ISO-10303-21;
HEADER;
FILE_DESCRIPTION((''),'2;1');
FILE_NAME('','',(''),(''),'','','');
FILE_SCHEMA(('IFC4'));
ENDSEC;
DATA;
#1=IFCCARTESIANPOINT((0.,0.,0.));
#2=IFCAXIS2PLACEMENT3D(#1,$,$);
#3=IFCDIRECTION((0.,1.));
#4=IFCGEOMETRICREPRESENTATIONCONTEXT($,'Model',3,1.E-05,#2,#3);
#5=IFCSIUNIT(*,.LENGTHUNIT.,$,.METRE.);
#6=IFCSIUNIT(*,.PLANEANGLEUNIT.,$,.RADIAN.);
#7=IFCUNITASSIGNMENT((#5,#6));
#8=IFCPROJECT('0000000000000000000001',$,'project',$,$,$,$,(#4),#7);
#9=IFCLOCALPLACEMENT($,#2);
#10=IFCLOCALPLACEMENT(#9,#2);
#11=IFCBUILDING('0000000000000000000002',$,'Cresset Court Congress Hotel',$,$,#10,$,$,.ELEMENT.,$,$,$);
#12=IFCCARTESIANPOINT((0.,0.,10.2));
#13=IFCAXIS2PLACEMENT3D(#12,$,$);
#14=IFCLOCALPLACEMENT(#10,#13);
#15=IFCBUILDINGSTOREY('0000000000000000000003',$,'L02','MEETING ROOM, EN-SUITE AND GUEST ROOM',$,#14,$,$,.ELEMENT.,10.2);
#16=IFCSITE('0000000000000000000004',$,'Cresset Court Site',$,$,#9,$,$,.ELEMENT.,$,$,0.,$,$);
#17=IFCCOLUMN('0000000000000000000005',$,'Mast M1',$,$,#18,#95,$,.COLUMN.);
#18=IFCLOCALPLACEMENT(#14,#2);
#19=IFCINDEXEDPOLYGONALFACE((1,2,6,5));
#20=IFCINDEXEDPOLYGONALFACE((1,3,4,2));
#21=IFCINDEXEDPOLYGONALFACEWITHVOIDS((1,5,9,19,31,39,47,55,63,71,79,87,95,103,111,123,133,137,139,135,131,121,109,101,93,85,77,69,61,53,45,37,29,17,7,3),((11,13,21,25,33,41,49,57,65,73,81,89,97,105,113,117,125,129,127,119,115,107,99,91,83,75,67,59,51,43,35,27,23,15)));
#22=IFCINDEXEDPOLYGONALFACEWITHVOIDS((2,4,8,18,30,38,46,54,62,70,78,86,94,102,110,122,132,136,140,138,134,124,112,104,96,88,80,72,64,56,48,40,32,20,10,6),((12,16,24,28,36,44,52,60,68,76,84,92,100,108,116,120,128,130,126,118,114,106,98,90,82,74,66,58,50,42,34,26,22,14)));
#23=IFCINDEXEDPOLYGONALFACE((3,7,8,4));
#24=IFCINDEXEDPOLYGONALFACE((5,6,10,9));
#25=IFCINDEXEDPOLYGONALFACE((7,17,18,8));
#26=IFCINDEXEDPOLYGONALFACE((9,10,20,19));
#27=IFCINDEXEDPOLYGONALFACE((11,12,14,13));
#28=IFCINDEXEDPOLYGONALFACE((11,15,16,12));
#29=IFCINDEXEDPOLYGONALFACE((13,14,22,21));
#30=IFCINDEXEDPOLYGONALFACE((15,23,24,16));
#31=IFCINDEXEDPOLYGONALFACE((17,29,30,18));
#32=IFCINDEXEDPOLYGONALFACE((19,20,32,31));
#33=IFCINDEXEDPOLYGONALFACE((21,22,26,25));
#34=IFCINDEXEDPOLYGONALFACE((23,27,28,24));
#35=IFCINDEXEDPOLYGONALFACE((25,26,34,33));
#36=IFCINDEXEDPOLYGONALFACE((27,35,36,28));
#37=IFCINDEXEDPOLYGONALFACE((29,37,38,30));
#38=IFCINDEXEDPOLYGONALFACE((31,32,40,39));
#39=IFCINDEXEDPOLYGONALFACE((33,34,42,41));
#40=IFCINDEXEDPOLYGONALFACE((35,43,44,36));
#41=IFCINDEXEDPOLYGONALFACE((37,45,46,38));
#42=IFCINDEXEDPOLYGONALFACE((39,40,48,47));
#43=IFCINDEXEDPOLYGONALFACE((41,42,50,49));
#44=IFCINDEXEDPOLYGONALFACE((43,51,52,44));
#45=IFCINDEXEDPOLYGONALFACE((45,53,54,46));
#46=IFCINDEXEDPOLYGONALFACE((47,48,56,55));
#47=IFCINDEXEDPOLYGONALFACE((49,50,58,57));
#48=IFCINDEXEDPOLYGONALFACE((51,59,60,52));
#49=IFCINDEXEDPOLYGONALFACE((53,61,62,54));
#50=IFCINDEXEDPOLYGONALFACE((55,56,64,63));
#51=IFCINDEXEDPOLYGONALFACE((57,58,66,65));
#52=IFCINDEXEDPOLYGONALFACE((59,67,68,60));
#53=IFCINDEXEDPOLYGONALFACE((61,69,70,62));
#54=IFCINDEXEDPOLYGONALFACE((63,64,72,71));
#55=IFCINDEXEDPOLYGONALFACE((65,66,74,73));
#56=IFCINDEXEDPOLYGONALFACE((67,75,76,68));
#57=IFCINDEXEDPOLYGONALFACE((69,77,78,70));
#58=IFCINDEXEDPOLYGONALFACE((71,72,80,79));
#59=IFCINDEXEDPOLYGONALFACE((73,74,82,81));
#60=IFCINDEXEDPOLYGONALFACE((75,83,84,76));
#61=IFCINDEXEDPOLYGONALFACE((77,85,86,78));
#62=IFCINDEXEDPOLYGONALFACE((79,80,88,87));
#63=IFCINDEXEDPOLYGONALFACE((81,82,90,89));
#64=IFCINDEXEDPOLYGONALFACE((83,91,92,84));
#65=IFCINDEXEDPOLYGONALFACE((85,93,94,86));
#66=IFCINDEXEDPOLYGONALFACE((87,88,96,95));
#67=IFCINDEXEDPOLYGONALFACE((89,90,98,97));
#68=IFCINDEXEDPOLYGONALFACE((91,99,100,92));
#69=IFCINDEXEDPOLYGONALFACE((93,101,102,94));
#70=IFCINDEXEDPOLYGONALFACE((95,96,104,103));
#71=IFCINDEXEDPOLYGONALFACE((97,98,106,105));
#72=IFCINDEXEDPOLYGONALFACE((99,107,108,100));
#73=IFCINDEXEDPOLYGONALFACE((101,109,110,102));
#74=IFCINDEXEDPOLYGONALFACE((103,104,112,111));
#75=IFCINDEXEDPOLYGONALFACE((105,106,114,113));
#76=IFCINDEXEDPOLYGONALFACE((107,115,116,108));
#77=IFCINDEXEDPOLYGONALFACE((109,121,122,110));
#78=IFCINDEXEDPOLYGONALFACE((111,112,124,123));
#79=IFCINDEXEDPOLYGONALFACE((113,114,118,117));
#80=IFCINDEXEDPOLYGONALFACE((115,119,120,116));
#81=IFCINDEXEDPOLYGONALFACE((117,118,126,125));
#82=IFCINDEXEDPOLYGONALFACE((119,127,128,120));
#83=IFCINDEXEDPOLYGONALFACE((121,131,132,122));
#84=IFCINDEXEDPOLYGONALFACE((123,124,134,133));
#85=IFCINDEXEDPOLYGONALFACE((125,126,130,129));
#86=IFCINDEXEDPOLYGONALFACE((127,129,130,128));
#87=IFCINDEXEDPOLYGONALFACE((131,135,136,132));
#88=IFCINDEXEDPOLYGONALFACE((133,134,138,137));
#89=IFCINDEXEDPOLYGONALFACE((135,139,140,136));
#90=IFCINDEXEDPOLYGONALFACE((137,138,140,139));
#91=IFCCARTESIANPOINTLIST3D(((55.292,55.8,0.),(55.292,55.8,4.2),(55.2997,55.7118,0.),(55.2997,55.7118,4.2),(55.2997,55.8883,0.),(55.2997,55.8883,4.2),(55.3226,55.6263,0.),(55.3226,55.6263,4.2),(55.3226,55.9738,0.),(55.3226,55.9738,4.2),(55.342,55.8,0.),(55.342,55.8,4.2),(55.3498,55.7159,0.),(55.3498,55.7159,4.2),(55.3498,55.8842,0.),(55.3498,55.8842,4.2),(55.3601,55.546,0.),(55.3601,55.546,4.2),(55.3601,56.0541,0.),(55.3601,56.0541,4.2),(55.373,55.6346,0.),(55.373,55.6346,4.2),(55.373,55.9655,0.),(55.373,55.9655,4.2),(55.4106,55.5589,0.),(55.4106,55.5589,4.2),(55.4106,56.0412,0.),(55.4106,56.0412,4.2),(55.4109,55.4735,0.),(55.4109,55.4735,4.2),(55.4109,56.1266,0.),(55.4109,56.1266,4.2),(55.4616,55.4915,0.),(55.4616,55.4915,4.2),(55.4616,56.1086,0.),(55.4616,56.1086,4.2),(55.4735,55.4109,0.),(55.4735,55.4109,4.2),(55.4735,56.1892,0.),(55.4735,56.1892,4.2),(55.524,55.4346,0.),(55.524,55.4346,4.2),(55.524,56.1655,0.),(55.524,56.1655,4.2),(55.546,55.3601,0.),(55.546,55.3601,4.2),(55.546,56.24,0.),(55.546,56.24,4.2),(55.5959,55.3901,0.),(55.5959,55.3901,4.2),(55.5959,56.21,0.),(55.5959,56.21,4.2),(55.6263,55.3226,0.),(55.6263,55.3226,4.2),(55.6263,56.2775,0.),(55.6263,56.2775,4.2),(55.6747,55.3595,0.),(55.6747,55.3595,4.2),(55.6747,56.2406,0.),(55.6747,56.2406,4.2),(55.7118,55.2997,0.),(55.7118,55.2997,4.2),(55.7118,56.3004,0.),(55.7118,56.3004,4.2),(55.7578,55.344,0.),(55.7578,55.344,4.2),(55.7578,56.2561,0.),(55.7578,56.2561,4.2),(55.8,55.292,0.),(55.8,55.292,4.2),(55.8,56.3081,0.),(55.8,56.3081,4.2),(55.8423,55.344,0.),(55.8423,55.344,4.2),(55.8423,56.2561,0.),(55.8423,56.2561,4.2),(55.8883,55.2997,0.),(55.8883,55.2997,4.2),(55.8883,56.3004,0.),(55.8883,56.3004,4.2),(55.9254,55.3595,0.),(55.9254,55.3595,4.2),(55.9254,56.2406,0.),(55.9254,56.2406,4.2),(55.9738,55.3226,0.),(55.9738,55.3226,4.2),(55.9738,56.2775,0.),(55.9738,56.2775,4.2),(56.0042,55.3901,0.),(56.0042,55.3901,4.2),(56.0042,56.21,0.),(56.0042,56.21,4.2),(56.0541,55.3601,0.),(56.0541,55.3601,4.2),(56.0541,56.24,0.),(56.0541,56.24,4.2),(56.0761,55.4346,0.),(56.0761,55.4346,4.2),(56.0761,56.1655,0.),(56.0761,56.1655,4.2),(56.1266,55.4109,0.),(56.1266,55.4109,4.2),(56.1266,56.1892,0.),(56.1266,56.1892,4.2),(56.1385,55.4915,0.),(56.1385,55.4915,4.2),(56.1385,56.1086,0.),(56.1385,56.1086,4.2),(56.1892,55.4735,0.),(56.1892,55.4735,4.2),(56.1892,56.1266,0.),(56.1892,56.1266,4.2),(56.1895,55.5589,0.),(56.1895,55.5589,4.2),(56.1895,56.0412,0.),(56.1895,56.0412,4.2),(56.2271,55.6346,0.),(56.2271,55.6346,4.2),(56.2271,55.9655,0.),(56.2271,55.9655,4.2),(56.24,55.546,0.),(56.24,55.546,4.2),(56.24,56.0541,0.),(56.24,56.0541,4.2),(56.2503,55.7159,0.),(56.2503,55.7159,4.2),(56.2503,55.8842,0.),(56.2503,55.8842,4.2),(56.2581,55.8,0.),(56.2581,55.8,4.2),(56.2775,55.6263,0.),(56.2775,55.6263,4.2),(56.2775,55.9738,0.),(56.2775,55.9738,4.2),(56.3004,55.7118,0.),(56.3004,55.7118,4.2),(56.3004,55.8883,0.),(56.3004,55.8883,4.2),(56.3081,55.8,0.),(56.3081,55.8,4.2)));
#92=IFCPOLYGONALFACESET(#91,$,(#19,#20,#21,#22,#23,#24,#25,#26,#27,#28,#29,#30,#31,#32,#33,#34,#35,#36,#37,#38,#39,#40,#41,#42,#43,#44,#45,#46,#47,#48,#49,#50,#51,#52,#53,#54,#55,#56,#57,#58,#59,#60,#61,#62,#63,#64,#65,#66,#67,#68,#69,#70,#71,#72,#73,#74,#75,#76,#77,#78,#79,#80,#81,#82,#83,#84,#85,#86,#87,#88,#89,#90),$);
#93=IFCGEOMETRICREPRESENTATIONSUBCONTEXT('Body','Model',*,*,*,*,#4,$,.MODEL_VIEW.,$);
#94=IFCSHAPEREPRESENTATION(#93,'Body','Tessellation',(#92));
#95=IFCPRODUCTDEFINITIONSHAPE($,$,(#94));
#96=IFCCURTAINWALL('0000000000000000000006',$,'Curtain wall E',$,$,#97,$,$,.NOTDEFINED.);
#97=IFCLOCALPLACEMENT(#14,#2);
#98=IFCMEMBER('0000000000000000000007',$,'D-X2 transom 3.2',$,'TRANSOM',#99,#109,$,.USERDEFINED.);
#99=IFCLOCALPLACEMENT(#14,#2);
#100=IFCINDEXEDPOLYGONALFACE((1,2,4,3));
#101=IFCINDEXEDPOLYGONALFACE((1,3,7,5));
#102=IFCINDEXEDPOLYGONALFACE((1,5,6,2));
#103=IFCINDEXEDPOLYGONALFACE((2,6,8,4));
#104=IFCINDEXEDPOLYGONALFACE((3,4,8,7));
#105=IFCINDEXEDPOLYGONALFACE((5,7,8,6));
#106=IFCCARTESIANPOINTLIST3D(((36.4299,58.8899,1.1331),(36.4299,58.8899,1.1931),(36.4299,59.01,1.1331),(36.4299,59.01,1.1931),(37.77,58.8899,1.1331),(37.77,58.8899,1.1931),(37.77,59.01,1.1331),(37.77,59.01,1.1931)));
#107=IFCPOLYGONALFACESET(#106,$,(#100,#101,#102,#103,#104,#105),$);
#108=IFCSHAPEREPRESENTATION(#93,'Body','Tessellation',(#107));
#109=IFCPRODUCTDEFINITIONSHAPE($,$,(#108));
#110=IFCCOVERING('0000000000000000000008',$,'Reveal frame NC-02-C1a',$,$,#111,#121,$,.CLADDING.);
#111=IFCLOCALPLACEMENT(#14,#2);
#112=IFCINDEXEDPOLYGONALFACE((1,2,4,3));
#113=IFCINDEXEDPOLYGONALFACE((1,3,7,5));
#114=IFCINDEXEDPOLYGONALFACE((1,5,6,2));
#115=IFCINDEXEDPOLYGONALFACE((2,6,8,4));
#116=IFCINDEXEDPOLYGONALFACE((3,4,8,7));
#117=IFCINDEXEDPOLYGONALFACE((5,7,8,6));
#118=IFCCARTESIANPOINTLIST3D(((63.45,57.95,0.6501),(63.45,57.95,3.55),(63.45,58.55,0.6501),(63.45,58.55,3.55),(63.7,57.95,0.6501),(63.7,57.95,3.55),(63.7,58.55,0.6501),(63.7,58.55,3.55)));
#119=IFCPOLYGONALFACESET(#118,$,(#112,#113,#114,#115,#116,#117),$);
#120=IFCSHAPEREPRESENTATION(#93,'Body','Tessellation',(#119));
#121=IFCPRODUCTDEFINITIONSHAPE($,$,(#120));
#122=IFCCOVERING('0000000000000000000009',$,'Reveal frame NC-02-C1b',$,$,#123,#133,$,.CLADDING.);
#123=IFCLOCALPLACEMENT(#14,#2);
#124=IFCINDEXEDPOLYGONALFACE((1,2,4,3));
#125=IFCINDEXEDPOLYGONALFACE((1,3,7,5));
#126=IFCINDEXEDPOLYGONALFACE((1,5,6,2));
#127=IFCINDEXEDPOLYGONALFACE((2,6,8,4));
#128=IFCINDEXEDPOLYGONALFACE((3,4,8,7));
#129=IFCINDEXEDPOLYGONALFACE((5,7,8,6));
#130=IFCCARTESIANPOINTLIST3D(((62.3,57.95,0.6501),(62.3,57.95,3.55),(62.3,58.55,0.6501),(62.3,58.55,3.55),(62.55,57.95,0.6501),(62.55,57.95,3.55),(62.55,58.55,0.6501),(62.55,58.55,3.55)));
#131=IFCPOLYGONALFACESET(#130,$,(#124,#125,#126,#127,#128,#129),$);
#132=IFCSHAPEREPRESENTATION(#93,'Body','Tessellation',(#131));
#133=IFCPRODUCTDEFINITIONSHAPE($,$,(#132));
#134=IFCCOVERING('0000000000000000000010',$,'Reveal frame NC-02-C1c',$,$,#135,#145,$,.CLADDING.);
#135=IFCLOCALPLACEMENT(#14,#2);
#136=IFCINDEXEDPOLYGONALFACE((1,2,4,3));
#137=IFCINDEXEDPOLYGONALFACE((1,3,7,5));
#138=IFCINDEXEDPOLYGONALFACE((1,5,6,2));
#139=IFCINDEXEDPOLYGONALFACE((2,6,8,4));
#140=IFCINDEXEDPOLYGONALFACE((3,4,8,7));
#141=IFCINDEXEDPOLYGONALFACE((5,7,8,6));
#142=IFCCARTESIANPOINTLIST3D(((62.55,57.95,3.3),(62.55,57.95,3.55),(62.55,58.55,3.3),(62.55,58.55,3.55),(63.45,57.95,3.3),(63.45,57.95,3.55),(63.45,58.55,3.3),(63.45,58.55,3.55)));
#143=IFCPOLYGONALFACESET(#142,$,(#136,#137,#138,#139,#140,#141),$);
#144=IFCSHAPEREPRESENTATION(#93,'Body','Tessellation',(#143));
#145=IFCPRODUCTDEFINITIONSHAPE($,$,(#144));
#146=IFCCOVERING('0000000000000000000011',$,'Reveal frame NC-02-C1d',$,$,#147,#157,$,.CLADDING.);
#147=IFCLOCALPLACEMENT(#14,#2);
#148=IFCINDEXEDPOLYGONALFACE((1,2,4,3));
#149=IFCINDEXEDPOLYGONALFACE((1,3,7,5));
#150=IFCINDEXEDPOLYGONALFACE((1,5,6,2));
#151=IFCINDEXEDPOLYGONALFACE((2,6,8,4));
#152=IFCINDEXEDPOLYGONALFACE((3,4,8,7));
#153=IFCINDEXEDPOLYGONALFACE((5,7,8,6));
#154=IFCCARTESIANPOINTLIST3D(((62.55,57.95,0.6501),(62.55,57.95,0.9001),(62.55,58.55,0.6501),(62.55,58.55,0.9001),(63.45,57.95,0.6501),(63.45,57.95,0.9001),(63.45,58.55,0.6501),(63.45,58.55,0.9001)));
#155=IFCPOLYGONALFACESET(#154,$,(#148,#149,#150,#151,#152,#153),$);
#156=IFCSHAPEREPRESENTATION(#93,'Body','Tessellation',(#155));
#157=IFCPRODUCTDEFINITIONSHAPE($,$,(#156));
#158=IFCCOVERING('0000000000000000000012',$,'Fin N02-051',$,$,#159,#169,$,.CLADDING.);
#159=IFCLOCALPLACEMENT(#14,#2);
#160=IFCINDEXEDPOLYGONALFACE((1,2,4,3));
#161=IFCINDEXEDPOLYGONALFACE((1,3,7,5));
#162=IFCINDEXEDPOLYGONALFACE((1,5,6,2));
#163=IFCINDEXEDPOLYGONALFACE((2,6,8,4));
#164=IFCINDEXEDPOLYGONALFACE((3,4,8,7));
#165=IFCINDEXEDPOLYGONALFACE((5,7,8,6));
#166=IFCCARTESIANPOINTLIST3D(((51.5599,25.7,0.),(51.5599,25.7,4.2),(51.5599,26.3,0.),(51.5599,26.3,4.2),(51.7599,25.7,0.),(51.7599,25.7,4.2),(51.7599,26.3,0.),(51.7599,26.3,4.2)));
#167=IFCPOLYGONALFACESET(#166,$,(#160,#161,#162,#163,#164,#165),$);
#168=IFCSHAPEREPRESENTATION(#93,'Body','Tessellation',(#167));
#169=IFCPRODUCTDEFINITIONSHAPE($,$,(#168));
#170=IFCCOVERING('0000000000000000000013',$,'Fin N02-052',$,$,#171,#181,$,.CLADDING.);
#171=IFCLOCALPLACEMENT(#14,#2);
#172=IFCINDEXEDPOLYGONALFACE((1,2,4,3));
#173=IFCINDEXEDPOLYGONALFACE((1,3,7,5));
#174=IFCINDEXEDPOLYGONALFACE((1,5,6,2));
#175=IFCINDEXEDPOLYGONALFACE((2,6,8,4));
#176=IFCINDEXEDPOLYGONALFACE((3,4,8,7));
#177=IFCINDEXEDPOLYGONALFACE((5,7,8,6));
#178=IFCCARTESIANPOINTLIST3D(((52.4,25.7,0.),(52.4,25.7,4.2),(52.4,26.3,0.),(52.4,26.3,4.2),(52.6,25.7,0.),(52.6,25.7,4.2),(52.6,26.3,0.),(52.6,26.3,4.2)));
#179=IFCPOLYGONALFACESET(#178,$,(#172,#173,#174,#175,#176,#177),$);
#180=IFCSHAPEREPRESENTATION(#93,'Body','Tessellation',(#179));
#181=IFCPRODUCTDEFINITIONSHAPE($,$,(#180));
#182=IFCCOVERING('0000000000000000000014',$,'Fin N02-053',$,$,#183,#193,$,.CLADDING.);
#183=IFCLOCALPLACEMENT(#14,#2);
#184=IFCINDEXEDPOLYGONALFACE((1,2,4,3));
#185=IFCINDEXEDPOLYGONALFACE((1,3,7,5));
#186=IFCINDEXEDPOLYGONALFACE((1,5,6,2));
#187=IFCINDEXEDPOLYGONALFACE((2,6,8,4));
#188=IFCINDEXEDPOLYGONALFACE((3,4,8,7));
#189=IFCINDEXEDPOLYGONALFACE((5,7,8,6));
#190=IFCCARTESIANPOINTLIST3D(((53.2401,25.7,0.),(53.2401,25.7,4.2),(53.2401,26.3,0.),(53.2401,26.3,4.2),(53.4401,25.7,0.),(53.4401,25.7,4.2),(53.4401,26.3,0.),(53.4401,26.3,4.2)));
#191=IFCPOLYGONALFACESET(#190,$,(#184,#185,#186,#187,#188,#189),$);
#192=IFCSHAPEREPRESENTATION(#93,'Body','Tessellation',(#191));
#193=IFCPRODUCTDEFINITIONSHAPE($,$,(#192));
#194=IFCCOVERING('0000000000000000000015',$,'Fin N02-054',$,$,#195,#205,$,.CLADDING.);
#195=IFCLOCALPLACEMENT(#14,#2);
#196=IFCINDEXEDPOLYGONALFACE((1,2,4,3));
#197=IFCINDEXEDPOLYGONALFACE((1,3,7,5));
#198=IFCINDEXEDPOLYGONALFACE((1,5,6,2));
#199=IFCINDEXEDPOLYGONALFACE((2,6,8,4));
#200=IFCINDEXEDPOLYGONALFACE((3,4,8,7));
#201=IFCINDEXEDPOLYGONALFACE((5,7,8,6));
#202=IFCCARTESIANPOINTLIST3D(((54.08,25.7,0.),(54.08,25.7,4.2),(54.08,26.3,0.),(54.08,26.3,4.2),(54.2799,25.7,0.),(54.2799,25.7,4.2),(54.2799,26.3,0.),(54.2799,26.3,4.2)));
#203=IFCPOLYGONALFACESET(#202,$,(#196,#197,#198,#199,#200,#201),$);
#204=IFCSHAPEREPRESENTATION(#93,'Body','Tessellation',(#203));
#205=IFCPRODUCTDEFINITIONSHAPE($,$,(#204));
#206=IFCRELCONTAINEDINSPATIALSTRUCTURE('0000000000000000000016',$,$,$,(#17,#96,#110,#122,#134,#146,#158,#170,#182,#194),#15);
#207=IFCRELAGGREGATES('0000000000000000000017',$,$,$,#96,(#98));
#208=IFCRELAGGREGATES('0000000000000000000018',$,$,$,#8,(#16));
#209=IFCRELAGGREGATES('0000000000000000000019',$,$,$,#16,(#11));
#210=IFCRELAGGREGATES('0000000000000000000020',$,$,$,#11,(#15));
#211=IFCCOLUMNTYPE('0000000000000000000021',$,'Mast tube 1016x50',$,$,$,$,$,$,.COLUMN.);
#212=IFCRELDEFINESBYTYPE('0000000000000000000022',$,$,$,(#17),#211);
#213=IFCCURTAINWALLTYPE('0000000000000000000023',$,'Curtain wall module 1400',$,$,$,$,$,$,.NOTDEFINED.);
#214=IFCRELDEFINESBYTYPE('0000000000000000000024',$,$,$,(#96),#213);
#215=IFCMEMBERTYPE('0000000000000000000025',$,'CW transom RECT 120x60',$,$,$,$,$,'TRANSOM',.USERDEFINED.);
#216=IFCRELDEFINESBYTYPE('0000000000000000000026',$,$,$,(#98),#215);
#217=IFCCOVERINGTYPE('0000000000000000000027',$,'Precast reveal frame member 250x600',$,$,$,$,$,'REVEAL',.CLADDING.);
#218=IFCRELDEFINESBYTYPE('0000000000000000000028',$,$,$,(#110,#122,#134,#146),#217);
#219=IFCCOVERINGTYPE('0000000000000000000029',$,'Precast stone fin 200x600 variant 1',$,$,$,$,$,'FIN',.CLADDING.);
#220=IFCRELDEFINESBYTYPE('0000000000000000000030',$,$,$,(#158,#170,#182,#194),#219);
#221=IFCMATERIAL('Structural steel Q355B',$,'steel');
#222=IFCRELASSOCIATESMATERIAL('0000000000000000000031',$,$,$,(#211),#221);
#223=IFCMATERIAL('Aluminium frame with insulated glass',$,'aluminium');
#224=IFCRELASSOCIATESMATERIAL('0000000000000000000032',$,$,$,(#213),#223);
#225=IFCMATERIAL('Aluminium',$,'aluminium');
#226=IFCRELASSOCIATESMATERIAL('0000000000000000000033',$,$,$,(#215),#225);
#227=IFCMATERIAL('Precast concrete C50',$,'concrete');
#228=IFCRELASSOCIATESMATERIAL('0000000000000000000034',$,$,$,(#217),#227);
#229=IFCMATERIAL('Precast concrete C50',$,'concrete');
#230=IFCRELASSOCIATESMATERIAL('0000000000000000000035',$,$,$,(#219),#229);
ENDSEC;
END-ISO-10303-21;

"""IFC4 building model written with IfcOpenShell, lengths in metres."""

from ifc_helpers import new_model, si_unit, direction, frame, origin, origin_2d, place, context, subcontext, project, spatial, rectangle, hollow_circle, extrude, material, material_profile, profile_set, type_object, element, aggregate, save


model = new_model("IFC4")

# Units and contexts
model_context = context("Model", 3, precision=1e-05, world=origin(), true_north=direction((0.0, 1.0)))
body_context = subcontext(model_context, "Body", "Model", "MODEL_VIEW")
ifc_project = project(units=[si_unit("LENGTHUNIT", "METRE"), si_unit("PLANEANGLEUNIT", "RADIAN")], contexts=[model_context])

# Site, building, storey
site_placement = place(None, origin())
site = spatial("IfcSite", under=ifc_project, at=site_placement, Name="Cresset Court Site", CompositionType="ELEMENT", RefElevation=0.0)
building_placement = place(site_placement, origin())
building = spatial("IfcBuilding", under=site, at=building_placement, Name="Cresset Court Congress Hotel", CompositionType="ELEMENT")
storey_placement = place(building_placement, frame((0.0, 0.0, 10.2)))
storey = spatial("IfcBuildingStorey", under=building, at=storey_placement, Name="L02", Description="MEETING ROOM, EN-SUITE AND GUEST ROOM", CompositionType="ELEMENT", Elevation=10.2)

# Column
ifc_material_1 = material(Name="Structural steel Q355B", Category="steel")
ifc_material_profile_1 = material_profile(ifc_material_1, hollow_circle(Radius=0.5081, WallThickness=0.05, at=origin_2d()), Name="CHS1016x50")
ifc_profile_set_1 = profile_set([ifc_material_profile_1], Name="Structural steel Q355B")
column_type = type_object("IfcColumnType", Name="Mast tube 1016x50", PredefinedType="COLUMN", material=ifc_profile_set_1)
column_placement = place(storey_placement, frame((55.8, 55.8, 0.0), z_axis=(0.0, 0.0, 1.0), x_axis=(1.0, 0.0, 0.0)))
element("IfcColumn", 1, at=column_placement, inside=storey, type_object=column_type, Name="Mast M1", PredefinedType="COLUMN", context=body_context, shape_type="SweptSolid", body=[
    extrude(hollow_circle(Radius=0.5081, WallThickness=0.05, at=origin_2d()), origin(), (0.0, 0.0, 1.0), 4.2),
])

# Curtain wall, member
ifc_material_2 = material(Name="Aluminium frame with insulated glass", Category="aluminium")
curtain_wall_type = type_object("IfcCurtainWallType", Name="Curtain wall module 1400", PredefinedType="NOTDEFINED", material=ifc_material_2)
curtain_wall_placement = place(storey_placement, origin())
curtain_wall = element("IfcCurtainWall", 2, at=curtain_wall_placement, inside=storey, type_object=curtain_wall_type, Name="Curtain wall E", PredefinedType="NOTDEFINED")
ifc_material_3 = material(Name="Aluminium", Category="aluminium")
ifc_material_profile_2 = material_profile(ifc_material_3, rectangle(XDim=0.1201, YDim=0.0601, at=origin_2d()), Name="AL 120x60")
ifc_profile_set_2 = profile_set([ifc_material_profile_2], Name="Aluminium")
member_type = type_object("IfcMemberType", Name="CW transom RECT 120x60", ElementType="TRANSOM", PredefinedType="USERDEFINED", material=ifc_profile_set_2)
member_placement = place(storey_placement, frame((36.4299, 58.95, 1.1631), z_axis=(1.0, 0.0, 0.0), x_axis=(0.0, 1.0, 0.0)))
member = element("IfcMember", 3, at=member_placement, type_object=member_type, Name="D-X2 transom 3.2", ObjectType="TRANSOM", PredefinedType="USERDEFINED", context=body_context, shape_type="SweptSolid", body=[
    extrude(rectangle(XDim=0.1201, YDim=0.0601, at=origin_2d()), origin(), (0.0, 0.0, 1.0), 1.3401),
])
aggregate(curtain_wall, [member])

# Coverings
ifc_material_4 = material(Name="Precast concrete C50", Category="concrete")
covering_type_1 = type_object("IfcCoveringType", Name="Precast reveal frame member 250x600", ElementType="REVEAL", PredefinedType="CLADDING", material=ifc_material_4)
for number, where, z_axis, x_axis, name in (
    (4, (63.575, 58.25, 0.6501), (0.0, 0.0, 1.0), (1.0, 0.0, 0.0), "Reveal frame NC-02-C1a"),
    (5, (62.425, 58.25, 0.6501), (0.0, 0.0, 1.0), (1.0, 0.0, 0.0), "Reveal frame NC-02-C1b"),
):
    element("IfcCovering", number, at=place(storey_placement, frame(where, z_axis=z_axis, x_axis=x_axis)), inside=storey, type_object=covering_type_1, Name=name, PredefinedType="CLADDING", context=body_context, shape_type="SweptSolid", body=[
        extrude(rectangle(XDim=0.25, YDim=0.6001, at=origin_2d()), origin(), (0.0, 0.0, 1.0), 2.8999),
    ])
for number, where, z_axis, x_axis, name in (
    (6, (63.0, 58.25, 3.3), (0.0, 0.0, 1.0), (1.0, 0.0, 0.0), "Reveal frame NC-02-C1c"),
    (7, (63.0, 58.25, 0.6501), (0.0, 0.0, 1.0), (1.0, 0.0, 0.0), "Reveal frame NC-02-C1d"),
):
    element("IfcCovering", number, at=place(storey_placement, frame(where, z_axis=z_axis, x_axis=x_axis)), inside=storey, type_object=covering_type_1, Name=name, PredefinedType="CLADDING", context=body_context, shape_type="SweptSolid", body=[
        extrude(rectangle(XDim=0.8999, YDim=0.6001, at=origin_2d()), origin(), (0.0, 0.0, 1.0), 0.25),
    ])
ifc_material_5 = material(Name="Precast concrete C50", Category="concrete")
covering_type_2 = type_object("IfcCoveringType", Name="Precast stone fin 200x600 variant 1", ElementType="FIN", PredefinedType="CLADDING", material=ifc_material_5)
for number, where, z_axis, x_axis, name in (
    (8, (51.6599, 26.0, 0.0), (0.0, 0.0, 1.0), (1.0, 0.0, 0.0), "Fin N02-051"),
    (9, (52.5, 26.0, 0.0), (0.0, 0.0, 1.0), (1.0, 0.0, 0.0), "Fin N02-052"),
    (10, (53.3401, 26.0, 0.0), (0.0, 0.0, 1.0), (1.0, 0.0, 0.0), "Fin N02-053"),
    (11, (54.1799, 26.0, 0.0), (0.0, 0.0, 1.0), (1.0, 0.0, 0.0), "Fin N02-054"),
):
    element("IfcCovering", number, at=place(storey_placement, frame(where, z_axis=z_axis, x_axis=x_axis)), inside=storey, type_object=covering_type_2, Name=name, PredefinedType="CLADDING", context=body_context, shape_type="SweptSolid", body=[
        extrude(rectangle(XDim=0.2, YDim=0.6001, at=origin_2d()), origin(), (0.0, 0.0, 1.0), 4.2),
    ])

save(model, "model.ifc")
